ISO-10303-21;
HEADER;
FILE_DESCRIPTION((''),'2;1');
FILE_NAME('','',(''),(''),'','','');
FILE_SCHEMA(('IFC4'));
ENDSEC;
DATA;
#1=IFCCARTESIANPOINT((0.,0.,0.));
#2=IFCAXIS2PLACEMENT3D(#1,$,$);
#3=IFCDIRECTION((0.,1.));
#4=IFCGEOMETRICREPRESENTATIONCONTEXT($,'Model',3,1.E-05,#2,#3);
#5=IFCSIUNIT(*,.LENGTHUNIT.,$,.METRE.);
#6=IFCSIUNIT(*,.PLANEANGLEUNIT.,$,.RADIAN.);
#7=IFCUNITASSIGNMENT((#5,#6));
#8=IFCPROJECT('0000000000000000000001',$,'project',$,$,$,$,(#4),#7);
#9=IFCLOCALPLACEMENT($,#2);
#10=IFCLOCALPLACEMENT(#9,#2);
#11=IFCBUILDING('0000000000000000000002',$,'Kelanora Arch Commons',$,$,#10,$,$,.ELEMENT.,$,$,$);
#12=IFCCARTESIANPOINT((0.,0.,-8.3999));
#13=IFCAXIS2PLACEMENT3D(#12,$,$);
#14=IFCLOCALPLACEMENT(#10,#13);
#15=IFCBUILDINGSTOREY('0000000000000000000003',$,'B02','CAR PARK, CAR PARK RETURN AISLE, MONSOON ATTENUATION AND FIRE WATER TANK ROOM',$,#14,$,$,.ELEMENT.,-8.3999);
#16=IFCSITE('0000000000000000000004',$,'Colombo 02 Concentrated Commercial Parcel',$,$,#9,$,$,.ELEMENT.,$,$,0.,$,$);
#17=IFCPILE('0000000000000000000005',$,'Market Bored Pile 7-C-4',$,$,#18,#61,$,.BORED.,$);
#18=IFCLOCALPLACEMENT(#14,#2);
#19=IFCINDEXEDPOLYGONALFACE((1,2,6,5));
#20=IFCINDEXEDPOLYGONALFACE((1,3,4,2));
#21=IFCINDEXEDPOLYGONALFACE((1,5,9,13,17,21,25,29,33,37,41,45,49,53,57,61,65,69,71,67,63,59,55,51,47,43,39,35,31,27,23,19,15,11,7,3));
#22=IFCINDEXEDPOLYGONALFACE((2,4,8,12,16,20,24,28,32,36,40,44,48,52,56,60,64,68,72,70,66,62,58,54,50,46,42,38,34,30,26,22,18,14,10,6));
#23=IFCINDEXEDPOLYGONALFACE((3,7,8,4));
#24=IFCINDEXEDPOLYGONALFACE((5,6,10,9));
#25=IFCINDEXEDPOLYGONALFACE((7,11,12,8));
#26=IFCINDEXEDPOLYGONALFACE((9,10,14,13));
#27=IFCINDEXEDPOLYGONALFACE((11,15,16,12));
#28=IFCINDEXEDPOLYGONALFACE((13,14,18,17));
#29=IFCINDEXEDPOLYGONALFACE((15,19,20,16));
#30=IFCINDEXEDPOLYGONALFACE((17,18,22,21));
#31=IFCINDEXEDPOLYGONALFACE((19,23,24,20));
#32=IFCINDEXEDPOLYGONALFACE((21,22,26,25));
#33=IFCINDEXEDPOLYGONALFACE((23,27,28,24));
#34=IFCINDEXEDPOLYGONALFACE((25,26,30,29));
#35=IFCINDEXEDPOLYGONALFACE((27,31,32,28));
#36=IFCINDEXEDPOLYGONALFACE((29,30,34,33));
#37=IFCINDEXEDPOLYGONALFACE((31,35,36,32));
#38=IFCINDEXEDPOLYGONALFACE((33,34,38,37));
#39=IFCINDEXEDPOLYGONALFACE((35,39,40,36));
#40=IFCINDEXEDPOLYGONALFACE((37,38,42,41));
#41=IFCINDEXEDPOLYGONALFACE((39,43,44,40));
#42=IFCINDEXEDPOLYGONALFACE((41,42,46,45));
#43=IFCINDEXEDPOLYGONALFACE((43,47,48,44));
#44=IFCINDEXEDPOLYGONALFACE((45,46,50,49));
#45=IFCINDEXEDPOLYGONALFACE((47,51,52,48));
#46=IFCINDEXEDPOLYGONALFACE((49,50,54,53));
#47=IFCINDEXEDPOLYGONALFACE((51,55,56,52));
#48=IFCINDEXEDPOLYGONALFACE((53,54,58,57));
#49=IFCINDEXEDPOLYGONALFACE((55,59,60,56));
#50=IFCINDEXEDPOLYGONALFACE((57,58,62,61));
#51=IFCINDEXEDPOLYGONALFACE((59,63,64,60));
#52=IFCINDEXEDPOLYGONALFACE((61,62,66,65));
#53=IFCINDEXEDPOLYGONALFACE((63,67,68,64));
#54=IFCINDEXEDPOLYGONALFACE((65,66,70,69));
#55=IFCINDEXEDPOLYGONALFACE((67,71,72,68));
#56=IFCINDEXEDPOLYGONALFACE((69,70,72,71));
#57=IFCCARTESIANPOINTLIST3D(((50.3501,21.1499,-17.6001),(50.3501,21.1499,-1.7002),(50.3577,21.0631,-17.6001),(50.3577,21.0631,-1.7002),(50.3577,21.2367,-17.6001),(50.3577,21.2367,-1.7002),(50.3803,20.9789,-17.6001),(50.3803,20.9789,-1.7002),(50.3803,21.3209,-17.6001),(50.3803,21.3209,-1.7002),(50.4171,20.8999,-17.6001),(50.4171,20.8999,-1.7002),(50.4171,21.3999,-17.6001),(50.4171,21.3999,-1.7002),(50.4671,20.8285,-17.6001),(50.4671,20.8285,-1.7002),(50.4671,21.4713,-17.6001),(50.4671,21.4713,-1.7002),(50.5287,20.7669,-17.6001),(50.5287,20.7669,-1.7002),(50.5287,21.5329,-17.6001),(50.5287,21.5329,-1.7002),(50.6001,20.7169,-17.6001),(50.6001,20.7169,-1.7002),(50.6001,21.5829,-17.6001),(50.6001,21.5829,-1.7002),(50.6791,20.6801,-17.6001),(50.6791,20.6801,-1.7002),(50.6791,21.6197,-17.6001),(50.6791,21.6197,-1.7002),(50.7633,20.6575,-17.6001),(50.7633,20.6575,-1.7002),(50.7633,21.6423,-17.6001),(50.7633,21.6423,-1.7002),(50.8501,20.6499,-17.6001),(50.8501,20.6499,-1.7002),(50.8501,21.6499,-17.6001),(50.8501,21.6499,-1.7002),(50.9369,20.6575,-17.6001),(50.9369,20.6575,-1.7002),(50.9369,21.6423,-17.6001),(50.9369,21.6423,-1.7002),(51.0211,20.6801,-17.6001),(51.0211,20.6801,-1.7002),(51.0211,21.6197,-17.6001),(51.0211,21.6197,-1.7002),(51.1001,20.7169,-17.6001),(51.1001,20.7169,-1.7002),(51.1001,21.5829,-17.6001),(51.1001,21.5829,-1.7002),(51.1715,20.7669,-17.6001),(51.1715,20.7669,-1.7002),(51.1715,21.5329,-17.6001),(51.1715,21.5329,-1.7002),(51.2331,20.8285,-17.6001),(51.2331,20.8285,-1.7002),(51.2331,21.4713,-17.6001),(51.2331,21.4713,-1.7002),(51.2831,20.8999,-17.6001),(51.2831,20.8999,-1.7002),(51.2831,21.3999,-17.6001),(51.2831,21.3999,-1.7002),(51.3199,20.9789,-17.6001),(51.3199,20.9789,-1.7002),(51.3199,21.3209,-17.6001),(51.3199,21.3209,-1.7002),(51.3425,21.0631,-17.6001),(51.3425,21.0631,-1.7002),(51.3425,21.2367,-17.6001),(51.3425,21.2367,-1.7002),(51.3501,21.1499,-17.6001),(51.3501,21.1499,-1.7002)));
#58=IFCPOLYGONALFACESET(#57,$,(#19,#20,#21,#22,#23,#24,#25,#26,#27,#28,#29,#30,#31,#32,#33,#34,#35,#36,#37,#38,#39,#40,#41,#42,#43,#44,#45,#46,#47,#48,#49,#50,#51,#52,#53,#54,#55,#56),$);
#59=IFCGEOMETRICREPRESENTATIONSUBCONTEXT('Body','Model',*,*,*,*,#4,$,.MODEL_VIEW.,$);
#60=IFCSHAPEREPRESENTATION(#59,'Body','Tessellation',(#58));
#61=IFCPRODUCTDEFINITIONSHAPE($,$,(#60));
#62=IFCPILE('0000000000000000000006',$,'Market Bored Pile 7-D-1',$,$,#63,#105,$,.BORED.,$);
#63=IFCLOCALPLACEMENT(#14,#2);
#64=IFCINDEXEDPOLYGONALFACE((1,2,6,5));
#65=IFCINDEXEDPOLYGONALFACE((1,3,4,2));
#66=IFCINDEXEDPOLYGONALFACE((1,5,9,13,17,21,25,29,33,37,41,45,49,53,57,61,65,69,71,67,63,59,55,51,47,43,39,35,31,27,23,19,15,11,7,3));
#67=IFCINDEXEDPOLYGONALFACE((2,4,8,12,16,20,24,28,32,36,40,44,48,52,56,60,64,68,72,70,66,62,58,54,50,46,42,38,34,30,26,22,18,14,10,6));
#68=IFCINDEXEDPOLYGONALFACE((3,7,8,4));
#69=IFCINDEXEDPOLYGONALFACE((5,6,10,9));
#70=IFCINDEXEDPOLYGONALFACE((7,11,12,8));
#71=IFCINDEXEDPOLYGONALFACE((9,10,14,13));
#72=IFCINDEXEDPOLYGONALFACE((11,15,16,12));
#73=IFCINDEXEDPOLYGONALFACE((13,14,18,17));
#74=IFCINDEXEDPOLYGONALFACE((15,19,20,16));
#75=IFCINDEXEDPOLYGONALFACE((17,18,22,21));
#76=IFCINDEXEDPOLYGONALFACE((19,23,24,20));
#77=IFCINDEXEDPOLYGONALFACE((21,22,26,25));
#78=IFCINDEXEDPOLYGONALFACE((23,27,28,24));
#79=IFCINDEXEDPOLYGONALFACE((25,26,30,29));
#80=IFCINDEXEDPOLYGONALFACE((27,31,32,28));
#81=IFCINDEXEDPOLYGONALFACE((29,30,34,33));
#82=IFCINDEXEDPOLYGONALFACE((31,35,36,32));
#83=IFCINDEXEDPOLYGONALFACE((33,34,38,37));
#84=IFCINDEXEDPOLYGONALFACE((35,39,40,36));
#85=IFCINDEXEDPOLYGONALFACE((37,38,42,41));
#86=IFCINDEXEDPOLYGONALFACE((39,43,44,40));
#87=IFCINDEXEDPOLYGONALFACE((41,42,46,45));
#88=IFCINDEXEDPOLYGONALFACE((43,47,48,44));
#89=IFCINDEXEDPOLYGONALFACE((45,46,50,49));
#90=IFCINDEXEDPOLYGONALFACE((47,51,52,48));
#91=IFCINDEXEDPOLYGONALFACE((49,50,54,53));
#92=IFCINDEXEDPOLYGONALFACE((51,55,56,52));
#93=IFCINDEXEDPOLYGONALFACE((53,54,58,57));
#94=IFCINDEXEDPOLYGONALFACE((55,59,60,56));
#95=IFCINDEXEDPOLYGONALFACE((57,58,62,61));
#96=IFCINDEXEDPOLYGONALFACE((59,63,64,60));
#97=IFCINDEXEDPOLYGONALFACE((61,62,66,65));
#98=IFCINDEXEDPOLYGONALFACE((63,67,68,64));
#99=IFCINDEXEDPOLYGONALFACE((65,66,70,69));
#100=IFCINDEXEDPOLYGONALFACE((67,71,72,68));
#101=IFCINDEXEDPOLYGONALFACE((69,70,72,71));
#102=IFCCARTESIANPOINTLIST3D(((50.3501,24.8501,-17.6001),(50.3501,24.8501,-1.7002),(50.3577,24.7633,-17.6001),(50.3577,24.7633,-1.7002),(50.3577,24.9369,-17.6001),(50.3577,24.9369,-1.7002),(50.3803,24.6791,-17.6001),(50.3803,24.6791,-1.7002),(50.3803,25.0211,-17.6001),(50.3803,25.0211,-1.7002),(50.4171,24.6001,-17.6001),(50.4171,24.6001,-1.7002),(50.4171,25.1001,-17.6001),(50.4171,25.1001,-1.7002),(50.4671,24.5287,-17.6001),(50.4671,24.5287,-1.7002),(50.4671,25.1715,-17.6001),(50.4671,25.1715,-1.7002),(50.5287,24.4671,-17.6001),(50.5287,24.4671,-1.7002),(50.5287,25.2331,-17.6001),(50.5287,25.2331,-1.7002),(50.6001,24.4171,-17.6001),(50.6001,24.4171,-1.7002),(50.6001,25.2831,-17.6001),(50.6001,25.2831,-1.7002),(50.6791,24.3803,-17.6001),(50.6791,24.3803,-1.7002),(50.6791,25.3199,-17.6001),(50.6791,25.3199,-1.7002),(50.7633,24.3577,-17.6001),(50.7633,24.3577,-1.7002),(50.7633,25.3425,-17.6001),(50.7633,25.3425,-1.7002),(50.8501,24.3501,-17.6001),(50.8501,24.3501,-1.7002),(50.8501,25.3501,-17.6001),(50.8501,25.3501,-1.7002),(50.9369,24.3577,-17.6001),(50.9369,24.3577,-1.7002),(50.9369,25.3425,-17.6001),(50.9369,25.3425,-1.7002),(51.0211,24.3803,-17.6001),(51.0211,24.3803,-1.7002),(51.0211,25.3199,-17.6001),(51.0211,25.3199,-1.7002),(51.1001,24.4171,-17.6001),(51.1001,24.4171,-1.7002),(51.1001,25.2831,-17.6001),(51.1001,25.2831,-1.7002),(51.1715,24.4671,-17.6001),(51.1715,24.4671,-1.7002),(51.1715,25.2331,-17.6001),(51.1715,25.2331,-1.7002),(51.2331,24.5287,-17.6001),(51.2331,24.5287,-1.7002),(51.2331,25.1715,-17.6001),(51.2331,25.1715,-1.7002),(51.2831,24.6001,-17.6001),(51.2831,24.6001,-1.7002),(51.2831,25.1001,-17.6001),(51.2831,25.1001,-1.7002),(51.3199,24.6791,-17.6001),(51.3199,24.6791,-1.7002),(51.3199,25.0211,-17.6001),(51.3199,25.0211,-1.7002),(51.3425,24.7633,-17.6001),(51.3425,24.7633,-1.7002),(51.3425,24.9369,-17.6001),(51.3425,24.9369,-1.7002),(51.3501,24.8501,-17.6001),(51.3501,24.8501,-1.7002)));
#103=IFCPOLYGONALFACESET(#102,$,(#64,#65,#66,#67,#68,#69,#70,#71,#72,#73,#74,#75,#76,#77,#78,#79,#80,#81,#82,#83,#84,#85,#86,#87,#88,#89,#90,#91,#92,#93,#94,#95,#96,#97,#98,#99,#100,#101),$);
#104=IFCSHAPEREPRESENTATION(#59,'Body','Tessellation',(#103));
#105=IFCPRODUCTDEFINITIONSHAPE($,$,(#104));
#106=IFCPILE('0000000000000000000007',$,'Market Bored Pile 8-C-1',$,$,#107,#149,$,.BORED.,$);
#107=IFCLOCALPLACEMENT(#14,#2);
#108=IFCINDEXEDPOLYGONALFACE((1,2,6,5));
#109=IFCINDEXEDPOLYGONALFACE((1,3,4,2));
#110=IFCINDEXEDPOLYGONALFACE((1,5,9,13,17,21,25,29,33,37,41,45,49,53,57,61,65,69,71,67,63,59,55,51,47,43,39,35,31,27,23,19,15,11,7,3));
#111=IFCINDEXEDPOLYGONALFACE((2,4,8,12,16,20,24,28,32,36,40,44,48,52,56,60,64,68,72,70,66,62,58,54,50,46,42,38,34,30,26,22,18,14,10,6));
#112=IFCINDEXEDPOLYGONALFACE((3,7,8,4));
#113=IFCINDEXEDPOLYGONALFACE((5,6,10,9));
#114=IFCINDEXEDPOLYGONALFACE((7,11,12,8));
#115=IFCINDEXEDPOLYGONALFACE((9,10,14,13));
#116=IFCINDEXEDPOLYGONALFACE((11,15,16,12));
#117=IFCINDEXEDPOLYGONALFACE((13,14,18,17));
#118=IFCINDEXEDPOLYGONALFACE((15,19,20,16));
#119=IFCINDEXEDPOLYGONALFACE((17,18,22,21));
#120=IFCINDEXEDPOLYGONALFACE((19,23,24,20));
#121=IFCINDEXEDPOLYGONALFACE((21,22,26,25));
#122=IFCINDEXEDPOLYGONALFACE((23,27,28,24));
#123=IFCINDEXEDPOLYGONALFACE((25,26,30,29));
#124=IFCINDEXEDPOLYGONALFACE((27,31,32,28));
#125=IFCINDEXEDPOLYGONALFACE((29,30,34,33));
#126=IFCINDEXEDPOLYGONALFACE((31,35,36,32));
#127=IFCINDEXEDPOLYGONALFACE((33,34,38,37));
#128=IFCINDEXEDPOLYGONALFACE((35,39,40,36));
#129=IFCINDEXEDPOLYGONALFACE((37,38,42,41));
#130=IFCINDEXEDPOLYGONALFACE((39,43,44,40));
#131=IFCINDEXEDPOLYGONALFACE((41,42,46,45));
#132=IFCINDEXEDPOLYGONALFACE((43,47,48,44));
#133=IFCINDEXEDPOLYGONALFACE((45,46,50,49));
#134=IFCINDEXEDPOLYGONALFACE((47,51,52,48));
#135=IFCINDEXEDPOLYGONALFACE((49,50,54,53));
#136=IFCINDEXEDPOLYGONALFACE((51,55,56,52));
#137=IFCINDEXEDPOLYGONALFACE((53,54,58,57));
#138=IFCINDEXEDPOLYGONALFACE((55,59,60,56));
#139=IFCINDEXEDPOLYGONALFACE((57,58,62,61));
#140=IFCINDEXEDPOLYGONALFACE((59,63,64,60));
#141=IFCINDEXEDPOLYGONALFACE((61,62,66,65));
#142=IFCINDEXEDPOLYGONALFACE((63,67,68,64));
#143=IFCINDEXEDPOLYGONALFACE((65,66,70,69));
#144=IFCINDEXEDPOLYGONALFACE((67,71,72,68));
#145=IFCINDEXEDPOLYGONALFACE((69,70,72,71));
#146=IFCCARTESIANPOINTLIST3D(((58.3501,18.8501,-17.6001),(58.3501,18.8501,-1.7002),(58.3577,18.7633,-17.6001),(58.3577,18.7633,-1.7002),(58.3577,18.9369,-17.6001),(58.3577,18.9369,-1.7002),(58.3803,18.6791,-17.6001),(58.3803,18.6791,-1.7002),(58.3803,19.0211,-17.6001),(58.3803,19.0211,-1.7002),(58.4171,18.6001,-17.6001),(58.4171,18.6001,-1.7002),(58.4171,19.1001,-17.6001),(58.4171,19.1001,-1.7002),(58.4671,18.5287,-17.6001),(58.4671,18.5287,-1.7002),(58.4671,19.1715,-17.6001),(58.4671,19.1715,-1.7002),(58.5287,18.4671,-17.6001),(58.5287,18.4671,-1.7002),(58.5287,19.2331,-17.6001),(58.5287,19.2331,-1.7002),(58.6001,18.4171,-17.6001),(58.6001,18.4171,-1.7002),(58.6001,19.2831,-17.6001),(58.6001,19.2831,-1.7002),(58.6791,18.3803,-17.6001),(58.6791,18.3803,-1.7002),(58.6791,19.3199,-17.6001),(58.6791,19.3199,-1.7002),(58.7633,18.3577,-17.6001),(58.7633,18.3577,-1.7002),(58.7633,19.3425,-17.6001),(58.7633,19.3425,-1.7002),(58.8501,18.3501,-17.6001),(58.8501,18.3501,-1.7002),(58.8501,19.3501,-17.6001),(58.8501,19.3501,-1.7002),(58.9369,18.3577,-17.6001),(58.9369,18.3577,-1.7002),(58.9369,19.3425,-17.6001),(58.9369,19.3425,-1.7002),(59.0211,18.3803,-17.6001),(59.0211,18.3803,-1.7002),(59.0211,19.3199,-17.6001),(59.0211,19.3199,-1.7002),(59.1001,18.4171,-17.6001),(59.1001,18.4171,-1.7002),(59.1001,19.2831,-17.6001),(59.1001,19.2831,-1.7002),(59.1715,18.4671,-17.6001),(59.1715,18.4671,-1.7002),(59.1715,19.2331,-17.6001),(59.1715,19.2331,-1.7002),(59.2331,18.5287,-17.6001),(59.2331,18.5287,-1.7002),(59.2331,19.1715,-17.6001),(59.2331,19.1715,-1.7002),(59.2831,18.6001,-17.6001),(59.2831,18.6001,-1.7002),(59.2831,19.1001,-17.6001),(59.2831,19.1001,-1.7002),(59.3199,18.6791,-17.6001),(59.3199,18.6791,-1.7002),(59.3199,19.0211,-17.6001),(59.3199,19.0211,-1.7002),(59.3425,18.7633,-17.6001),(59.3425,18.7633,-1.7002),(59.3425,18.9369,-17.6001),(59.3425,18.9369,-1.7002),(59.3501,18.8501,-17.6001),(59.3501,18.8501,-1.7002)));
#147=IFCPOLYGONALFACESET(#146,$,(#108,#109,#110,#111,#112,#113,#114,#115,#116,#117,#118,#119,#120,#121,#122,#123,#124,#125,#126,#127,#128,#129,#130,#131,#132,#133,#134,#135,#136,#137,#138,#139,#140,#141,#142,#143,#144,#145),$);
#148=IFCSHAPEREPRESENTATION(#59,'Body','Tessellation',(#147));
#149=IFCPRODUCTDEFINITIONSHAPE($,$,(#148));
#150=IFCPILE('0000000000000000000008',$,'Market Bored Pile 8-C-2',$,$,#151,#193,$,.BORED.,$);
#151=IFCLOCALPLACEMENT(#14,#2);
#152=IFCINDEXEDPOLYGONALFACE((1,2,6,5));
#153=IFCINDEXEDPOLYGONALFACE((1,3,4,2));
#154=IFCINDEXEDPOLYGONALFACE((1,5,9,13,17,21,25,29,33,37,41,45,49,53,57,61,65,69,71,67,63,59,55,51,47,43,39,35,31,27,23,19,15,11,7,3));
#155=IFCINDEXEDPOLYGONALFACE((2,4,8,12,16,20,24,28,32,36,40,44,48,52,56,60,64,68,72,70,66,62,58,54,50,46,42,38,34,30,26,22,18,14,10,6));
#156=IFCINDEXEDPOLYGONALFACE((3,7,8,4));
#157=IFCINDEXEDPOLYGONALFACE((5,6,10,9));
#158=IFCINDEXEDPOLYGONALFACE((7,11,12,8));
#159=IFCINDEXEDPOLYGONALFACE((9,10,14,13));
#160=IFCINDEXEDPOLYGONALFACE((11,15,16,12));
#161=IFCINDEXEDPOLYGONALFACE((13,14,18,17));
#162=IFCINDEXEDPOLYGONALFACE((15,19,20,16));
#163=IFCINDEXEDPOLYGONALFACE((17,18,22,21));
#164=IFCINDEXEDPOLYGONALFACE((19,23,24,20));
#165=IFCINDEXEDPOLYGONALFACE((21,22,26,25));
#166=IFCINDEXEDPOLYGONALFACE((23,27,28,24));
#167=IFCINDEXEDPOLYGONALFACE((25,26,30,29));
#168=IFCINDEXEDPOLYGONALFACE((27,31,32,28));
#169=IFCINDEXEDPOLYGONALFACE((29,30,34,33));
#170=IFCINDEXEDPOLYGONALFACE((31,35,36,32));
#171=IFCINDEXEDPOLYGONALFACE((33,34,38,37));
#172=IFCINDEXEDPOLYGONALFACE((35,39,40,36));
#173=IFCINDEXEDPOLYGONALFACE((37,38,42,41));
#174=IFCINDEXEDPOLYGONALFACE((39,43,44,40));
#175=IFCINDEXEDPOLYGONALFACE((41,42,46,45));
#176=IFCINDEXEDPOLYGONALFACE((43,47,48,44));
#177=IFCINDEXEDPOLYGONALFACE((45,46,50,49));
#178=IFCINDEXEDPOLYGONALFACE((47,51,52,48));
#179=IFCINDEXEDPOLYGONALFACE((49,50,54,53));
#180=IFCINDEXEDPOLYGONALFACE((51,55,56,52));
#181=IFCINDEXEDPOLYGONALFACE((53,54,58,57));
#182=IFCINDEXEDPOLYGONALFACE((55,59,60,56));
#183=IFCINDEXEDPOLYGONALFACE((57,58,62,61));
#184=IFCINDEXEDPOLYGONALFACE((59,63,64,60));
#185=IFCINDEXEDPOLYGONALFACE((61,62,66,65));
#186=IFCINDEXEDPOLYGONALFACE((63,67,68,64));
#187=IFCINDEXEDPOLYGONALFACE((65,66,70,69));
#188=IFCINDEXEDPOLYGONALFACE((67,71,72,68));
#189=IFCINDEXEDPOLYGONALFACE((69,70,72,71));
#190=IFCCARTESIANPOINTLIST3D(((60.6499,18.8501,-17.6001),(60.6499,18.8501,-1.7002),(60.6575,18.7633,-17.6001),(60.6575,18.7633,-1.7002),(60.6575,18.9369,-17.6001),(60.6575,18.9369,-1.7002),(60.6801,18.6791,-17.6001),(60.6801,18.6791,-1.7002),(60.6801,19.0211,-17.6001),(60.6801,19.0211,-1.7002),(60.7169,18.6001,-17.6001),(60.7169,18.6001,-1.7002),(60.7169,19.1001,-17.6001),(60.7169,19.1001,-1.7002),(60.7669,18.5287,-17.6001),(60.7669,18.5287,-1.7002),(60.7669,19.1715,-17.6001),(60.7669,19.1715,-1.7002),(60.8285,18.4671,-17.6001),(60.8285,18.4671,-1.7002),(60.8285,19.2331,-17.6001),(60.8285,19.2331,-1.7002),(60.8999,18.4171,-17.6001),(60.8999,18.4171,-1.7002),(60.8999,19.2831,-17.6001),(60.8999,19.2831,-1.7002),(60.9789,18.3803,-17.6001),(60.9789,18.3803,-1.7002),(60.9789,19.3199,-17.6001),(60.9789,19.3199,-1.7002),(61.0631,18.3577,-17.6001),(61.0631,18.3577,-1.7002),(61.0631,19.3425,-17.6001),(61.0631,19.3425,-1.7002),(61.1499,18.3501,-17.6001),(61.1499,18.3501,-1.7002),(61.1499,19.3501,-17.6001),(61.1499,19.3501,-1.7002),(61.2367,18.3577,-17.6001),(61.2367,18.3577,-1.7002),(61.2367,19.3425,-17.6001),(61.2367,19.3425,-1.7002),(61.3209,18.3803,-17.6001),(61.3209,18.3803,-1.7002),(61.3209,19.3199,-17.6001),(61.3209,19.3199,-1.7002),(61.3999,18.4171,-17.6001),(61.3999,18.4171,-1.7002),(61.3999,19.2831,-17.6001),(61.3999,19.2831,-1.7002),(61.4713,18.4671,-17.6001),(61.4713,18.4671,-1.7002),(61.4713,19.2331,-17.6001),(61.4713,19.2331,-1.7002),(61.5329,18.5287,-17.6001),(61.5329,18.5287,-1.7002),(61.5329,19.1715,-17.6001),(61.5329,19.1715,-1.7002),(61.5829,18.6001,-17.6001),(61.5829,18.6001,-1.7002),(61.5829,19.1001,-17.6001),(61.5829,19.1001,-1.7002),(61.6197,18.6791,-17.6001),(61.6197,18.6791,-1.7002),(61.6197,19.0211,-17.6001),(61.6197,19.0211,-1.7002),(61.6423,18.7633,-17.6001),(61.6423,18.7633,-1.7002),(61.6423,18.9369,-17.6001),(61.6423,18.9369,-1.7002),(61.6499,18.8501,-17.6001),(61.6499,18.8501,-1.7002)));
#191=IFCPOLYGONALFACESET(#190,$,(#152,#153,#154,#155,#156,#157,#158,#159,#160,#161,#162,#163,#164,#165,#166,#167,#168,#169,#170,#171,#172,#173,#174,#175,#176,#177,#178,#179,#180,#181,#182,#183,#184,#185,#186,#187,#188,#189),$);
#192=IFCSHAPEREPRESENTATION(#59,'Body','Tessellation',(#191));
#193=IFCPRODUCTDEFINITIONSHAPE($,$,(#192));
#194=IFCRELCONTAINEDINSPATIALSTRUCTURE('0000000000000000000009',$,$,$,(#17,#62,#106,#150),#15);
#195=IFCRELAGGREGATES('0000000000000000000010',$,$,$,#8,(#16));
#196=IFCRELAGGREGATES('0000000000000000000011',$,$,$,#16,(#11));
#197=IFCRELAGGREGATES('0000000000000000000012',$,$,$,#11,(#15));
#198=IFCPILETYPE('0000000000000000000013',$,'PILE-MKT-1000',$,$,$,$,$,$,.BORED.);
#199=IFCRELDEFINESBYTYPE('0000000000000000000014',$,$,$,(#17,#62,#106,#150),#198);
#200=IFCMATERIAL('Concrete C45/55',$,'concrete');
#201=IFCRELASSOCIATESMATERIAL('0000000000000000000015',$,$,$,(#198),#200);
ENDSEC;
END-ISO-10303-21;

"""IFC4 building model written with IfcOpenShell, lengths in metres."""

from ifc_helpers import new_model, si_unit, direction, frame, origin, origin_2d, place, context, subcontext, project, spatial, circle, extrude, source, transform, mapped, material, material_profile, profile_set, type_object, element, save


model = new_model("IFC4")

# Units and contexts
model_context = context("Model", 3, precision=1e-05, world=origin(), true_north=direction((0.0, 1.0)))
body_context = subcontext(model_context, "Body", "Model", "MODEL_VIEW")
ifc_project = project(units=[si_unit("LENGTHUNIT", "METRE"), si_unit("PLANEANGLEUNIT", "RADIAN")], contexts=[model_context])

# Site, building, storey
site_placement = place(None, origin())
site = spatial("IfcSite", under=ifc_project, at=site_placement, Name="Colombo 02 Concentrated Commercial Parcel", CompositionType="ELEMENT", RefElevation=0.0)
building_placement = place(site_placement, origin())
building = spatial("IfcBuilding", under=site, at=building_placement, Name="Kelanora Arch Commons", CompositionType="ELEMENT")
storey_placement = place(building_placement, frame((0.0, 0.0, -8.3999)))
storey = spatial("IfcBuildingStorey", under=building, at=storey_placement, Name="B02", Description="CAR PARK, CAR PARK RETURN AISLE, MONSOON ATTENUATION AND FIRE WATER TANK ROOM", CompositionType="ELEMENT", Elevation=-8.3999)

# Piles
ifc_material_1 = material(Name="Concrete C45/55", Category="concrete")
ifc_material_profile_1 = material_profile(ifc_material_1, circle(Radius=0.5, at=origin_2d()), Name="PILE1000")
ifc_profile_set_1 = profile_set([ifc_material_profile_1], Name="Concrete C45/55")
pile_type = type_object("IfcPileType", Name="PILE-MKT-1000", PredefinedType="BORED", material=ifc_profile_set_1)
shared_shape_1 = source(origin(), body_context, "Body", "SweptSolid", [
    extrude(circle(Radius=0.5, at=origin_2d()), origin(), (0.0, 0.0, 1.0), 15.8999),
])
for number, where, z_axis, x_axis, name in (
    (1, (50.8501, 21.1499, -1.7002), (0.0, 0.0, -1.0), (1.0, 0.0, 0.0), "Market Bored Pile 7-C-4"),
    (2, (50.8501, 24.8501, -1.7002), (0.0, 0.0, -1.0), (1.0, 0.0, 0.0), "Market Bored Pile 7-D-1"),
    (3, (58.8501, 18.8501, -1.7002), (0.0, 0.0, -1.0), (1.0, 0.0, 0.0), "Market Bored Pile 8-C-1"),
    (4, (61.1499, 18.8501, -1.7002), (0.0, 0.0, -1.0), (1.0, 0.0, 0.0), "Market Bored Pile 8-C-2"),
):
    element("IfcPile", number, at=place(storey_placement, frame(where, z_axis=z_axis, x_axis=x_axis)), inside=storey, type_object=pile_type, Name=name, PredefinedType="BORED", context=body_context, shape_type="MappedRepresentation", body=[
        mapped(shared_shape_1, transform((0.0, 0.0, 0.0), scale=1.0)),
    ])

save(model, "model.ifc")
